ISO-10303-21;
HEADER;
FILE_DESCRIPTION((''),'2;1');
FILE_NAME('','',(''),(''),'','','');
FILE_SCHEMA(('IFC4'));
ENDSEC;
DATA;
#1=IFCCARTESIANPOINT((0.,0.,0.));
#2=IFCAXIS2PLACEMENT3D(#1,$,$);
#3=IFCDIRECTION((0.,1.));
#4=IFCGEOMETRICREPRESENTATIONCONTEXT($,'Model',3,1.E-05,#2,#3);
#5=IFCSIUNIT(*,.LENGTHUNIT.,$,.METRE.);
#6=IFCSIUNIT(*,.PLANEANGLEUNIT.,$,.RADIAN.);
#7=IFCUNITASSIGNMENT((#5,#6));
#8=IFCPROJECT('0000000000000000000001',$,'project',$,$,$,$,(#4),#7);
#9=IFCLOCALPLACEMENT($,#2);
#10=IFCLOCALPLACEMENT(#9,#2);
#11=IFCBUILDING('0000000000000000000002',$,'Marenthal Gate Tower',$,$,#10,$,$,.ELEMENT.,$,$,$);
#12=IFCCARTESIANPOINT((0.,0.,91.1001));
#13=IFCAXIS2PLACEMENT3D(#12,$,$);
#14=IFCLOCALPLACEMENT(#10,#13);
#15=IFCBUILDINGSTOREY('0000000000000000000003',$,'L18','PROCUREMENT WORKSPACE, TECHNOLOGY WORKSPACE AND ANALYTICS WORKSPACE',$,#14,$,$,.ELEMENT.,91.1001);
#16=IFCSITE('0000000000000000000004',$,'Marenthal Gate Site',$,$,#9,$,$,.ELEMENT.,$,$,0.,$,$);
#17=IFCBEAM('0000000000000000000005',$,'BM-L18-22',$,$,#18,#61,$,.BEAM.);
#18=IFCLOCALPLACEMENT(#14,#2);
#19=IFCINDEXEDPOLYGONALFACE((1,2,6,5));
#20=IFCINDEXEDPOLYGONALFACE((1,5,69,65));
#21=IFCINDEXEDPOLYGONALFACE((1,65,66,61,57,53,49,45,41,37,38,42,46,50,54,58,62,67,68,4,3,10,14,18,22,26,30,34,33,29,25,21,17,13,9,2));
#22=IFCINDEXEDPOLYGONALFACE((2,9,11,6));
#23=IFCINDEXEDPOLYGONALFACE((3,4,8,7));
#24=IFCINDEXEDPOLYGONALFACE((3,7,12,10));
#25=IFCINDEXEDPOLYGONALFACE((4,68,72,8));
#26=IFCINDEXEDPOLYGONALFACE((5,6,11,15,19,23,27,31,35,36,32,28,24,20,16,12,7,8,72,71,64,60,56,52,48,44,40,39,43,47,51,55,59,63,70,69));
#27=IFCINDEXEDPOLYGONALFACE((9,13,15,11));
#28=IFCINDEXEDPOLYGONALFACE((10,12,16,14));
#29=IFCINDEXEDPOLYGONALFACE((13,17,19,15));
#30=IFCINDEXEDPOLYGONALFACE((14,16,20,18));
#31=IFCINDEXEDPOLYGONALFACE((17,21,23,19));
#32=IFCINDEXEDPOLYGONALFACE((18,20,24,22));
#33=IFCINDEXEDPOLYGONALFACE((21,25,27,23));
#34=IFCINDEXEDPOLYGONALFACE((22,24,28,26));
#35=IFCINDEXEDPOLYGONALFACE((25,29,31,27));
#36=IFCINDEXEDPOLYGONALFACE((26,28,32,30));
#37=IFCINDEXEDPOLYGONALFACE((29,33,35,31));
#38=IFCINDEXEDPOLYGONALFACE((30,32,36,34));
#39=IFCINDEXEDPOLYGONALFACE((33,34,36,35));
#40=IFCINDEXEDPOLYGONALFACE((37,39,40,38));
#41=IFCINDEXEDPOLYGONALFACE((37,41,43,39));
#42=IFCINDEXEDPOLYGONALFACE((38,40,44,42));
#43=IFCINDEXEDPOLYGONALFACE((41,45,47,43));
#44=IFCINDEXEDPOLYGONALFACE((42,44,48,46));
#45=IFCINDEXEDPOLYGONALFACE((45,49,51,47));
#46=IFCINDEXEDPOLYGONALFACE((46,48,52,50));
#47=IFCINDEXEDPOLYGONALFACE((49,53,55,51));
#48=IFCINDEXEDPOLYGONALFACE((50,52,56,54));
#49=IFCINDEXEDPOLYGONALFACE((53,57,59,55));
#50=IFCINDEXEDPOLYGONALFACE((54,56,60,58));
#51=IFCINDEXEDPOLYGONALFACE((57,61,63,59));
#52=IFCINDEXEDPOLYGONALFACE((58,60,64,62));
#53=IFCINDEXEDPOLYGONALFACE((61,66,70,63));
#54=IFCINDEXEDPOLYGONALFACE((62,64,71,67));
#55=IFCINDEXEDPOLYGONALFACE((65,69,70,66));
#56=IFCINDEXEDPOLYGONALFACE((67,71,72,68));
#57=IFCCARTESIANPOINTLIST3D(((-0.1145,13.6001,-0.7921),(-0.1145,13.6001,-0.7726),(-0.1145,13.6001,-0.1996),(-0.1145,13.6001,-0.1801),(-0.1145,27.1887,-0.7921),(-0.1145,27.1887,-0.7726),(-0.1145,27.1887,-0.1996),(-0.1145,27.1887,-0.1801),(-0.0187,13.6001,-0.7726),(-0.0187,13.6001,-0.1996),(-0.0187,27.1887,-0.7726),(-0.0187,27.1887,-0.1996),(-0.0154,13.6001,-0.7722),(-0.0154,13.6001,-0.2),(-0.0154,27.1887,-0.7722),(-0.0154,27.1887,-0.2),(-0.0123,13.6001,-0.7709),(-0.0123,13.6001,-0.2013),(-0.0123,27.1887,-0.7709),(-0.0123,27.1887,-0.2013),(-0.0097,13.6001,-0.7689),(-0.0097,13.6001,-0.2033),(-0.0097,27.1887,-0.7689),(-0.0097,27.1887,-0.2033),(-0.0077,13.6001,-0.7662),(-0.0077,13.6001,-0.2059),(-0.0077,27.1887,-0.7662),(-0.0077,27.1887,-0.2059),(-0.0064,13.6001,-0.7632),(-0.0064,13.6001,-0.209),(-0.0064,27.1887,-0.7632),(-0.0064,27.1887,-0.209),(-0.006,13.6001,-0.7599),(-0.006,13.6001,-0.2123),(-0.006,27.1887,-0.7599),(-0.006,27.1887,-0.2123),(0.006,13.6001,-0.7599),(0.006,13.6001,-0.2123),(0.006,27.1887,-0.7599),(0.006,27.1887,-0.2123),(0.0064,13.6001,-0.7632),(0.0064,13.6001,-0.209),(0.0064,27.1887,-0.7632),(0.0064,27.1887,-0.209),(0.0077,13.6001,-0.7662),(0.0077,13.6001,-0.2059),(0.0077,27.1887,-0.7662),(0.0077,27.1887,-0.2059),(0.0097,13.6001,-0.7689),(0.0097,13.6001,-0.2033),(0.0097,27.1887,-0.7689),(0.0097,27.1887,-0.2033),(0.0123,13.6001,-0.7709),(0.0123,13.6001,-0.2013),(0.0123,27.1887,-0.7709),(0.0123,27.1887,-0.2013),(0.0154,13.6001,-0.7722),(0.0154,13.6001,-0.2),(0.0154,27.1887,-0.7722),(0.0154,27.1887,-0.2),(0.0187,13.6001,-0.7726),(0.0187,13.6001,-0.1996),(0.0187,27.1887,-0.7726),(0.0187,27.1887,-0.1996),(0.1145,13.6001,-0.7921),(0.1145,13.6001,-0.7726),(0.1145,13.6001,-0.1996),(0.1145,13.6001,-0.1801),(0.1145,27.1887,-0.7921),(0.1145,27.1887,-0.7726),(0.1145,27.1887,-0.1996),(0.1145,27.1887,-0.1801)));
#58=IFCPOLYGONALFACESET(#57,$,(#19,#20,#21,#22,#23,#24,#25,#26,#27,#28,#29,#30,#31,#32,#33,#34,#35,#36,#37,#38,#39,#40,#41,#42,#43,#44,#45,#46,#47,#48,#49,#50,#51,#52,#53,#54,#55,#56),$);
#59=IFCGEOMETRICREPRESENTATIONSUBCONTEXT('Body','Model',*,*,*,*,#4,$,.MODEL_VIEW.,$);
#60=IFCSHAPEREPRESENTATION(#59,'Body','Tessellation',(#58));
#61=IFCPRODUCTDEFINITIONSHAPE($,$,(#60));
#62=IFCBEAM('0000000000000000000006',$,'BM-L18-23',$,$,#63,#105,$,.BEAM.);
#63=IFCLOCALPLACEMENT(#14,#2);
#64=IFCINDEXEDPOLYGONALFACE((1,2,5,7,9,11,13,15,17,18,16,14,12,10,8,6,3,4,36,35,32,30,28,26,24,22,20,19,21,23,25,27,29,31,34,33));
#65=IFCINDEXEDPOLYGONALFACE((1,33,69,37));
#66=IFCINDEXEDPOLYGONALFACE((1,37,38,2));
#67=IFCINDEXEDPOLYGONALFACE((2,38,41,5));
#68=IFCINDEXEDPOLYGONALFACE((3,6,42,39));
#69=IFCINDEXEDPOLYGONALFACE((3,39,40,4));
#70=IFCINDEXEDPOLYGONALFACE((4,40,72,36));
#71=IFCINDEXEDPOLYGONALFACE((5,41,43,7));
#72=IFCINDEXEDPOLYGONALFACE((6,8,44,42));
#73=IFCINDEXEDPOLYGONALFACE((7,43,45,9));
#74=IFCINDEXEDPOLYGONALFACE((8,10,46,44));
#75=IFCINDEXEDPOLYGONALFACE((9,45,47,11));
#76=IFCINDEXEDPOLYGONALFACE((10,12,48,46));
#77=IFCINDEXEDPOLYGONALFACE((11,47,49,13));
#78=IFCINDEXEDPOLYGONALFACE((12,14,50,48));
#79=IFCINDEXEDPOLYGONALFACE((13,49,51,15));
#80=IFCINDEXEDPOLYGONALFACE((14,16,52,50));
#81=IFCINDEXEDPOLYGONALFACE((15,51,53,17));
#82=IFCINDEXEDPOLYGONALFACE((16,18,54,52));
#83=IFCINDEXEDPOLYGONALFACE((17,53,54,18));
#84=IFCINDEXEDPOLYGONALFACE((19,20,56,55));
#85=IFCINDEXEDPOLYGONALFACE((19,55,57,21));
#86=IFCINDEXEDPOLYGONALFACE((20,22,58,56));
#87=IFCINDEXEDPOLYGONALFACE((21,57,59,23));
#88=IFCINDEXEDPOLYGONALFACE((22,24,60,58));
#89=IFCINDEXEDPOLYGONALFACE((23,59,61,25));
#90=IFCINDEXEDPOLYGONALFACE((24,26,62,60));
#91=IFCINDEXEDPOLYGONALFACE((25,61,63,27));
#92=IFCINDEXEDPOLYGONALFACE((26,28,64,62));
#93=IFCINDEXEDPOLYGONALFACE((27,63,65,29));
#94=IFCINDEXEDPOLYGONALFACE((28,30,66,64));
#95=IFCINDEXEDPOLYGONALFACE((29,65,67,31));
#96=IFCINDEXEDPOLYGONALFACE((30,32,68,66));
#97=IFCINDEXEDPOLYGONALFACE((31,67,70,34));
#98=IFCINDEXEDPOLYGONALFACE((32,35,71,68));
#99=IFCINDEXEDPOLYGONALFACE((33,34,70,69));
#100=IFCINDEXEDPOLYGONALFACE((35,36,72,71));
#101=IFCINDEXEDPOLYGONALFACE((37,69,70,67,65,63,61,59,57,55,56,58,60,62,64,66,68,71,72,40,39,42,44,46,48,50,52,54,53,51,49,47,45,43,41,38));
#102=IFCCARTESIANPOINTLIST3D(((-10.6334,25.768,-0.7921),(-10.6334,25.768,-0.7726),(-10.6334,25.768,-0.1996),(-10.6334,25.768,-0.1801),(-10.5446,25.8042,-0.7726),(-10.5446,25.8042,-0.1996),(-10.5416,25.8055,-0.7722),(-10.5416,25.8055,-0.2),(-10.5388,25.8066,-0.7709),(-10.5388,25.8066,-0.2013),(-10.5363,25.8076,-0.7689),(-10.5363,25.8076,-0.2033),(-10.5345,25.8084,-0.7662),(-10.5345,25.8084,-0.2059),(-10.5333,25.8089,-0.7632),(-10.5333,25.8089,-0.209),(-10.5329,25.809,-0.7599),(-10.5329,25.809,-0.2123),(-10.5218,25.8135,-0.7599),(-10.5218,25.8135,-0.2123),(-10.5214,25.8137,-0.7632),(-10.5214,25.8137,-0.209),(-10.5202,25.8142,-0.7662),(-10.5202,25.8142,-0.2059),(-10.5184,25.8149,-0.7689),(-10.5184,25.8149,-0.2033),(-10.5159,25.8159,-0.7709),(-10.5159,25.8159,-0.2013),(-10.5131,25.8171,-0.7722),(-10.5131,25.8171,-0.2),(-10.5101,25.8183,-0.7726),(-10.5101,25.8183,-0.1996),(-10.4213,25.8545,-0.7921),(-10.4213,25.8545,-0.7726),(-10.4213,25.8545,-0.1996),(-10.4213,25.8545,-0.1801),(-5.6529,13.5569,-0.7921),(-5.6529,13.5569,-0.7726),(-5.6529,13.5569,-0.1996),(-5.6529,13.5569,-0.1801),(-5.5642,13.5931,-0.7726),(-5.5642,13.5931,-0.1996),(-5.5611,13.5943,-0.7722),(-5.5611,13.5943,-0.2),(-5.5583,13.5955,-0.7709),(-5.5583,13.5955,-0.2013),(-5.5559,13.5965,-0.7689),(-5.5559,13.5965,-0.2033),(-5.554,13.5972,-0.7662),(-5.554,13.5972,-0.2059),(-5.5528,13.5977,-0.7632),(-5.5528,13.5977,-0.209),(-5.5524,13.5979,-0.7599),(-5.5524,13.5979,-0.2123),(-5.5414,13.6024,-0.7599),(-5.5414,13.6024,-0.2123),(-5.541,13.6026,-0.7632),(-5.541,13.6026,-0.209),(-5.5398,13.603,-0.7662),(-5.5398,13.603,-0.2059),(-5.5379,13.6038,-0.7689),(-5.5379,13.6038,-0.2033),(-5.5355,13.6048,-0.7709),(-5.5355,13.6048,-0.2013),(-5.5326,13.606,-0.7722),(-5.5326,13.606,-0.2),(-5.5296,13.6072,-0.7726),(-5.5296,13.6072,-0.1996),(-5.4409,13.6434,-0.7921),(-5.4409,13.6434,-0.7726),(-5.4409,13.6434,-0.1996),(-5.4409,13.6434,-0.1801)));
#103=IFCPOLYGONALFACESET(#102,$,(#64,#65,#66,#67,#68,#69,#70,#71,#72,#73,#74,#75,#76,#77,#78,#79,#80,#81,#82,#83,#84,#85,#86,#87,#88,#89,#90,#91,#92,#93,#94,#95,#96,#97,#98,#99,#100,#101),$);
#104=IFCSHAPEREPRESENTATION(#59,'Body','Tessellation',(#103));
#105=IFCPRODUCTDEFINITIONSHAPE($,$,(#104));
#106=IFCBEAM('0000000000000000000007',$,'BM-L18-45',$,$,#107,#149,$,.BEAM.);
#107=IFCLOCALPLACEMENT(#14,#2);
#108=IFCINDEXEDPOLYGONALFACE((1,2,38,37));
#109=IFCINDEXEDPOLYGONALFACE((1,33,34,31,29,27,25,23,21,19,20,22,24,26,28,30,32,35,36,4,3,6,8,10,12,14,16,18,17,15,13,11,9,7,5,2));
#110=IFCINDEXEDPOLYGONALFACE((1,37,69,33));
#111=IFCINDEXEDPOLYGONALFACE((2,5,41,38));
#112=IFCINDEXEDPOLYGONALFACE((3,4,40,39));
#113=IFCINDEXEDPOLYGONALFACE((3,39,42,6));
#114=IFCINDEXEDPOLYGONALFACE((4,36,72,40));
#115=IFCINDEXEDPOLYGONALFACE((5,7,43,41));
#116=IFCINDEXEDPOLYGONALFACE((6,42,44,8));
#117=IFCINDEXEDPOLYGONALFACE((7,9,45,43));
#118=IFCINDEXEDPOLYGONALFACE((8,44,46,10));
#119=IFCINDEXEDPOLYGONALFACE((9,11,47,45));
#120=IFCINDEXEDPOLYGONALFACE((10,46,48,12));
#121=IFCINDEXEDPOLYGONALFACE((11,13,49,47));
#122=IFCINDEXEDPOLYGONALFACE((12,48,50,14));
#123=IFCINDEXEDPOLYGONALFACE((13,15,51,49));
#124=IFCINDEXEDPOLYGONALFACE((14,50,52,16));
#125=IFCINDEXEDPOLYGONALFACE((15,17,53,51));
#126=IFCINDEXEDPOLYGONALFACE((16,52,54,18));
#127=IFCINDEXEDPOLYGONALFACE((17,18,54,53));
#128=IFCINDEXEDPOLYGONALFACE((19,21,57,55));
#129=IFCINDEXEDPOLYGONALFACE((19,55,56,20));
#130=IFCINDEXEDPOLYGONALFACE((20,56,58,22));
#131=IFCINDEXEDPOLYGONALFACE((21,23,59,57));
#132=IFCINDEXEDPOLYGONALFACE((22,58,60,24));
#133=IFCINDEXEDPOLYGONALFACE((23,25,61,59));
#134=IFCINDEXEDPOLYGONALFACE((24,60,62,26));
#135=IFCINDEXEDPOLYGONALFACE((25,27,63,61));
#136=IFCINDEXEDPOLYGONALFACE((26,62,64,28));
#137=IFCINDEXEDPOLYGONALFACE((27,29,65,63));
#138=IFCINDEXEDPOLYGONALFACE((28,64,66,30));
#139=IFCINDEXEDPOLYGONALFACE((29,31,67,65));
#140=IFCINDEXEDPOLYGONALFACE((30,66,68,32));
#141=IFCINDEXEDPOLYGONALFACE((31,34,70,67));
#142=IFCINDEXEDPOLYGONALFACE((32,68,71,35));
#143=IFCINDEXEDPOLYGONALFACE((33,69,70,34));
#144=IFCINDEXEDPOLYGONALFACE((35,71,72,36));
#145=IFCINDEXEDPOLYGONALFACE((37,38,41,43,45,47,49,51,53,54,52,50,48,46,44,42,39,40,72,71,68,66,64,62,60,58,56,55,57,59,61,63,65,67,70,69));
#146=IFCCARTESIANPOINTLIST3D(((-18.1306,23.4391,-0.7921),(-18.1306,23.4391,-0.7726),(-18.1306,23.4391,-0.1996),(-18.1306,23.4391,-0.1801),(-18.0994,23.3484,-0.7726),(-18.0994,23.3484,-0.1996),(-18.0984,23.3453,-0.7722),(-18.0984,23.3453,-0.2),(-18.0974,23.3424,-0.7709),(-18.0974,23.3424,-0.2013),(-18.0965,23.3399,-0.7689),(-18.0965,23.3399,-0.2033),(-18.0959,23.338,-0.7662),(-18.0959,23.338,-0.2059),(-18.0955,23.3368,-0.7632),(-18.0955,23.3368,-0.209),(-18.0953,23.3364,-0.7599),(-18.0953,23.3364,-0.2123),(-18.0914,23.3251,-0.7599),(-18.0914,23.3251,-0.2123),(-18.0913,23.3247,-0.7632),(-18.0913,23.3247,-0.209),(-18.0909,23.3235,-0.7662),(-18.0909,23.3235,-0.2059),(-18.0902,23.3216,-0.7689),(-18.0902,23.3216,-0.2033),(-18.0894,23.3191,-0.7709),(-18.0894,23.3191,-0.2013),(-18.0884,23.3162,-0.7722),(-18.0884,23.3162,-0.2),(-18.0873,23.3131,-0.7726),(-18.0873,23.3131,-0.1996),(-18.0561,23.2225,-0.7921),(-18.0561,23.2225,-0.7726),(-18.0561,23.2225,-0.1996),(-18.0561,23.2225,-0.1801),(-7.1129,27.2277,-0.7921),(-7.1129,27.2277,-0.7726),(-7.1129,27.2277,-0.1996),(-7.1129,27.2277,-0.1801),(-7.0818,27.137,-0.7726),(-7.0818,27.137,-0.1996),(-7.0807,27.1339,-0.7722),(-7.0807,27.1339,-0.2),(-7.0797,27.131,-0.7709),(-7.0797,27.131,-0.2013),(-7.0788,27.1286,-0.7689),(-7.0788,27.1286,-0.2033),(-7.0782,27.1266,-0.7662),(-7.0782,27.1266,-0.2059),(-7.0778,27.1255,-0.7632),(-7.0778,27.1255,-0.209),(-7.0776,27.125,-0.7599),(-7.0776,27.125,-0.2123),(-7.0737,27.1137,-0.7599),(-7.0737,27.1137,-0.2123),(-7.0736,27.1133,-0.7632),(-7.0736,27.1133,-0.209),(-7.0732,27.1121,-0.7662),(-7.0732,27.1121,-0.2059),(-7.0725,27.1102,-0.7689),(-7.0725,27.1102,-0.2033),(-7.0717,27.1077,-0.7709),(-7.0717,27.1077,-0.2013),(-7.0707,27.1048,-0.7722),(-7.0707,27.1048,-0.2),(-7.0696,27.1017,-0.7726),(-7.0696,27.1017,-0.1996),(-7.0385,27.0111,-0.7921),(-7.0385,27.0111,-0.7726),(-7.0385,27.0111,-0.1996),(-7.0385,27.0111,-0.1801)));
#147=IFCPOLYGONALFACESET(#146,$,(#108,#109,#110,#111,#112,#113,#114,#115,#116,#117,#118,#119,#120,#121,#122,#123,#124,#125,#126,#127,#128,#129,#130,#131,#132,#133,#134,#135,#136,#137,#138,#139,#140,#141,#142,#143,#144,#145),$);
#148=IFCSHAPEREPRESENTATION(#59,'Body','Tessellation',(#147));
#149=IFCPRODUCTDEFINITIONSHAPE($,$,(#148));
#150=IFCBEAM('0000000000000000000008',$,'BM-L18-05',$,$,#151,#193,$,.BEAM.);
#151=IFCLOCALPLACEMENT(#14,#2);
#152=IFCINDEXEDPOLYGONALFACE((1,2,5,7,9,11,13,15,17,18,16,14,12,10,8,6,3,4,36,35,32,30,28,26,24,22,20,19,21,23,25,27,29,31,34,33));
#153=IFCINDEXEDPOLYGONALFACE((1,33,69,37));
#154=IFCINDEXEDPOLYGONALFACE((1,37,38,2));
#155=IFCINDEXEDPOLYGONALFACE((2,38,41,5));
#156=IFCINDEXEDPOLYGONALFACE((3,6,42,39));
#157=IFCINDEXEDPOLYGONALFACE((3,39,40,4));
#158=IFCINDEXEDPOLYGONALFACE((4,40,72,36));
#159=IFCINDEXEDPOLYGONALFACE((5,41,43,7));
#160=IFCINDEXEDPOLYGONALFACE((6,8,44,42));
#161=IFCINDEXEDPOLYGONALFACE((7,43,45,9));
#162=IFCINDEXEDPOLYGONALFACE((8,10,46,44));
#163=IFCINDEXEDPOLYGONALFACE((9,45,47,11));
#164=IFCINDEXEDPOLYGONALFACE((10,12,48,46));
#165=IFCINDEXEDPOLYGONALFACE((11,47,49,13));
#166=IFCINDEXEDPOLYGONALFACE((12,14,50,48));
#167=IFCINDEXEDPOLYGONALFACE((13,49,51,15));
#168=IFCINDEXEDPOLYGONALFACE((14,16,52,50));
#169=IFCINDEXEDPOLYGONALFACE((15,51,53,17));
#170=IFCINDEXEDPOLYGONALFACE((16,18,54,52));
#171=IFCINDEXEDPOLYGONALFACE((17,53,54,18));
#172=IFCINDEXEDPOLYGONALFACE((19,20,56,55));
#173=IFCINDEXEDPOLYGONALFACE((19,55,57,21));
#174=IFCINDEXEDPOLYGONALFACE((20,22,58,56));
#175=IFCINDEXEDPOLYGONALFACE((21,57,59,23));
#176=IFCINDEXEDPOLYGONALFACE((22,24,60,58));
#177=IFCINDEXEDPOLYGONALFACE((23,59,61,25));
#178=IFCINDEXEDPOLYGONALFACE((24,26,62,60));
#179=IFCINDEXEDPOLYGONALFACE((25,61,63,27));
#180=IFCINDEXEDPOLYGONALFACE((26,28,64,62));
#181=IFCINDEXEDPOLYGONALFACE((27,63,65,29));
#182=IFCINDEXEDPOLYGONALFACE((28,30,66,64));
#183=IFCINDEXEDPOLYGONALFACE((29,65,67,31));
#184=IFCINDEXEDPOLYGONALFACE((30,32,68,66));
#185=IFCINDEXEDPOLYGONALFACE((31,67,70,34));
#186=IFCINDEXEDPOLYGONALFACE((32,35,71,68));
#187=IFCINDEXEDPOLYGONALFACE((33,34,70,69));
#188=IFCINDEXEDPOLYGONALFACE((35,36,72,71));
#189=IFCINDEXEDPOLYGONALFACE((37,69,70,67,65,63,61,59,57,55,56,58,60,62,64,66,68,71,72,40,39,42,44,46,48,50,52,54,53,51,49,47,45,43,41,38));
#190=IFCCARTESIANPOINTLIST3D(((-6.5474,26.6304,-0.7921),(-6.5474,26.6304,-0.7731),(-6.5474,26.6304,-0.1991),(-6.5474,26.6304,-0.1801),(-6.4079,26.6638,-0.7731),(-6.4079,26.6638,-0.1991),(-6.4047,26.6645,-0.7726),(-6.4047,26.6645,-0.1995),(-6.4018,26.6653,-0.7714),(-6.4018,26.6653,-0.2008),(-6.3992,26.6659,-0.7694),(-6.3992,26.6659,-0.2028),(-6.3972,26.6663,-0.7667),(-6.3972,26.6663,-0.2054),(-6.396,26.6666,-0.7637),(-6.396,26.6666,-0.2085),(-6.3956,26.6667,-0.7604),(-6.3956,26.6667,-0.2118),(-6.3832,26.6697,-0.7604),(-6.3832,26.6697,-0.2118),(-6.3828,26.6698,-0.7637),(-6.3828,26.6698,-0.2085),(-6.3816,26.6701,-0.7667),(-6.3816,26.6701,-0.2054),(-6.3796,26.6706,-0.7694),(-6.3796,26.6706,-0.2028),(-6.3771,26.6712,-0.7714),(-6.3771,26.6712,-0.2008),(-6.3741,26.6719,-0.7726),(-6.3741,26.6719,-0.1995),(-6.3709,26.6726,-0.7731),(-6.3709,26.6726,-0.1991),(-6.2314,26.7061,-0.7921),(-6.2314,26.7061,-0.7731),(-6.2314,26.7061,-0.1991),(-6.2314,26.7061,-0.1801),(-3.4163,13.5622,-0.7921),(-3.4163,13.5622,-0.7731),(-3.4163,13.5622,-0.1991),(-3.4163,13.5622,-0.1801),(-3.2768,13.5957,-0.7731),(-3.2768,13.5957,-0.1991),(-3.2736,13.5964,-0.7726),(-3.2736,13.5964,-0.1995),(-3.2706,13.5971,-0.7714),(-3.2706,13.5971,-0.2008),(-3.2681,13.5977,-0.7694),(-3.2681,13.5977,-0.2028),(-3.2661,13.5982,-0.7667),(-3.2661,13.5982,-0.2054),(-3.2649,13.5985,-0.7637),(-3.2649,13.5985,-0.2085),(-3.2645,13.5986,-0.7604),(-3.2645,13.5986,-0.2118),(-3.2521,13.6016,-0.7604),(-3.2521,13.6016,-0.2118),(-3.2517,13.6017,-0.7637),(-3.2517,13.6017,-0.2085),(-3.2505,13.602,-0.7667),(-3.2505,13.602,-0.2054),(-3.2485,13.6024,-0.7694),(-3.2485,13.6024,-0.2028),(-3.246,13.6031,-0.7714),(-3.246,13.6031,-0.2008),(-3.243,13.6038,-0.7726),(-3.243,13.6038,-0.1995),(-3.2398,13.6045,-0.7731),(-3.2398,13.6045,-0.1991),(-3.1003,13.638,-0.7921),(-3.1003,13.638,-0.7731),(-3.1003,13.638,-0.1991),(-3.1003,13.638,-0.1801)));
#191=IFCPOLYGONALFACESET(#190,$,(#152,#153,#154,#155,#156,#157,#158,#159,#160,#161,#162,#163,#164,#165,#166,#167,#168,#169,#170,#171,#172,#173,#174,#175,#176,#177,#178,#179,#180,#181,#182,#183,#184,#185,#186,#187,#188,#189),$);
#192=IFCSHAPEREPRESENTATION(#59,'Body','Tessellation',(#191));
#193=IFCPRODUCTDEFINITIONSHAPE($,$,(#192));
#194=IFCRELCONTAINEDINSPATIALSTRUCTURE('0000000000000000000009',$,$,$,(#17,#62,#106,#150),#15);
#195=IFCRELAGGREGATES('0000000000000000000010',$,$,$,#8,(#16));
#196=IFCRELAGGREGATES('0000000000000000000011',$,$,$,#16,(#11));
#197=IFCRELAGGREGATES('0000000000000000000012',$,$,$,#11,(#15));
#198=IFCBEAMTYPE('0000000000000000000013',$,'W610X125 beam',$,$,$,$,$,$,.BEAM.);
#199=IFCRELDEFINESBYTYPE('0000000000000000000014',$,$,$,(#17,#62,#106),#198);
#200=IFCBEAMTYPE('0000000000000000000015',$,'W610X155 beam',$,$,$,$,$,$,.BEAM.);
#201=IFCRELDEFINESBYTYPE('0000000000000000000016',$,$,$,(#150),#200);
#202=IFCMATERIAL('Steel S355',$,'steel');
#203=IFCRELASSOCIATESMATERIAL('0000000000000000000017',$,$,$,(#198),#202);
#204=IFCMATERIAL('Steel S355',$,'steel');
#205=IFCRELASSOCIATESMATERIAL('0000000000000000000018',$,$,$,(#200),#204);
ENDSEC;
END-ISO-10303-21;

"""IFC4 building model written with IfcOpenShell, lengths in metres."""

from ifc_helpers import new_model, si_unit, direction, frame, origin, origin_2d, place, context, subcontext, project, spatial, i_section, extrude, material, material_profile, profile_set, type_object, element, save


model = new_model("IFC4")

# Units and contexts
model_context = context("Model", 3, precision=1e-05, world=origin(), true_north=direction((0.0, 1.0)))
body_context = subcontext(model_context, "Body", "Model", "MODEL_VIEW")
ifc_project = project(units=[si_unit("LENGTHUNIT", "METRE"), si_unit("PLANEANGLEUNIT", "RADIAN")], contexts=[model_context])

# Site, building, storey
site_placement = place(None, origin())
site = spatial("IfcSite", under=ifc_project, at=site_placement, Name="Marenthal Gate Site", CompositionType="ELEMENT", RefElevation=0.0)
building_placement = place(site_placement, origin())
building = spatial("IfcBuilding", under=site, at=building_placement, Name="Marenthal Gate Tower", CompositionType="ELEMENT")
storey_placement = place(building_placement, frame((0.0, 0.0, 91.1001)))
storey = spatial("IfcBuildingStorey", under=building, at=storey_placement, Name="L18", Description="PROCUREMENT WORKSPACE, TECHNOLOGY WORKSPACE AND ANALYTICS WORKSPACE", CompositionType="ELEMENT", Elevation=91.1001)

# Beams
ifc_material_1 = material(Name="Steel S355", Category="steel")
ifc_material_profile_1 = material_profile(ifc_material_1, i_section(OverallWidth=0.229, OverallDepth=0.6121, WebThickness=0.012, FlangeThickness=0.0195, FilletRadius=0.0127, at=origin_2d()), Name="W610X125")
ifc_profile_set_1 = profile_set([ifc_material_profile_1], Name="Steel S355")
beam_type_1 = type_object("IfcBeamType", Name="W610X125 beam", PredefinedType="BEAM", material=ifc_profile_set_1)
beam_1_placement = place(storey_placement, frame((0.0, 27.1887, -0.4861), z_axis=(0.0, -1.0, 0.0), x_axis=(1.0, 0.0, 0.0)))
element("IfcBeam", 1, at=beam_1_placement, inside=storey, type_object=beam_type_1, Name="BM-L18-22", PredefinedType="BEAM", context=body_context, shape_type="SweptSolid", body=[
    extrude(i_section(OverallWidth=0.229, OverallDepth=0.6121, WebThickness=0.012, FlangeThickness=0.0195, FilletRadius=0.0127, at=origin_2d()), origin(), (0.0, 0.0, 1.0), 13.5886),
])
beam_2_placement = place(storey_placement, frame((-10.5273, 25.8113, -0.4861), z_axis=(0.377657, -0.925945, 0.0), x_axis=(0.925945, 0.377657, 0.0)))
element("IfcBeam", 2, at=beam_2_placement, inside=storey, type_object=beam_type_1, Name="BM-L18-23", PredefinedType="BEAM", context=body_context, shape_type="SweptSolid", body=[
    extrude(i_section(OverallWidth=0.229, OverallDepth=0.6121, WebThickness=0.012, FlangeThickness=0.0195, FilletRadius=0.0127, at=origin_2d()), origin(), (0.0, 0.0, 1.0), 13.1877),
])
beam_3_placement = place(storey_placement, frame((-7.0757, 27.1194, -0.4861), z_axis=(-0.945653, -0.325178, 0.0), x_axis=(0.325178, -0.945653, 0.0)))
element("IfcBeam", 3, at=beam_3_placement, inside=storey, type_object=beam_type_1, Name="BM-L18-45", PredefinedType="BEAM", context=body_context, shape_type="SweptSolid", body=[
    extrude(i_section(OverallWidth=0.229, OverallDepth=0.6121, WebThickness=0.012, FlangeThickness=0.0195, FilletRadius=0.0127, at=origin_2d()), origin(), (0.0, 0.0, 1.0), 11.6509),
])
ifc_material_2 = material(Name="Steel S355", Category="steel")
ifc_material_profile_2 = material_profile(ifc_material_2, i_section(OverallWidth=0.325, OverallDepth=0.6121, WebThickness=0.0127, FlangeThickness=0.019, FilletRadius=0.0127, at=origin_2d()), Name="W610X155")
ifc_profile_set_2 = profile_set([ifc_material_profile_2], Name="Steel S355")
beam_type_2 = type_object("IfcBeamType", Name="W610X155 beam", PredefinedType="BEAM", material=ifc_profile_set_2)
beam_4_placement = place(storey_placement, frame((-6.3894, 26.6682, -0.4861), z_axis=(0.233004, -0.972476, 0.0), x_axis=(0.972476, 0.233004, 0.0)))
element("IfcBeam", 4, at=beam_4_placement, inside=storey, type_object=beam_type_2, Name="BM-L18-05", PredefinedType="BEAM", context=body_context, shape_type="SweptSolid", body=[
    extrude(i_section(OverallWidth=0.325, OverallDepth=0.6121, WebThickness=0.0127, FlangeThickness=0.019, FilletRadius=0.0127, at=origin_2d()), origin(), (0.0, 0.0, 1.0), 13.438),
])

save(model, "model.ifc")
